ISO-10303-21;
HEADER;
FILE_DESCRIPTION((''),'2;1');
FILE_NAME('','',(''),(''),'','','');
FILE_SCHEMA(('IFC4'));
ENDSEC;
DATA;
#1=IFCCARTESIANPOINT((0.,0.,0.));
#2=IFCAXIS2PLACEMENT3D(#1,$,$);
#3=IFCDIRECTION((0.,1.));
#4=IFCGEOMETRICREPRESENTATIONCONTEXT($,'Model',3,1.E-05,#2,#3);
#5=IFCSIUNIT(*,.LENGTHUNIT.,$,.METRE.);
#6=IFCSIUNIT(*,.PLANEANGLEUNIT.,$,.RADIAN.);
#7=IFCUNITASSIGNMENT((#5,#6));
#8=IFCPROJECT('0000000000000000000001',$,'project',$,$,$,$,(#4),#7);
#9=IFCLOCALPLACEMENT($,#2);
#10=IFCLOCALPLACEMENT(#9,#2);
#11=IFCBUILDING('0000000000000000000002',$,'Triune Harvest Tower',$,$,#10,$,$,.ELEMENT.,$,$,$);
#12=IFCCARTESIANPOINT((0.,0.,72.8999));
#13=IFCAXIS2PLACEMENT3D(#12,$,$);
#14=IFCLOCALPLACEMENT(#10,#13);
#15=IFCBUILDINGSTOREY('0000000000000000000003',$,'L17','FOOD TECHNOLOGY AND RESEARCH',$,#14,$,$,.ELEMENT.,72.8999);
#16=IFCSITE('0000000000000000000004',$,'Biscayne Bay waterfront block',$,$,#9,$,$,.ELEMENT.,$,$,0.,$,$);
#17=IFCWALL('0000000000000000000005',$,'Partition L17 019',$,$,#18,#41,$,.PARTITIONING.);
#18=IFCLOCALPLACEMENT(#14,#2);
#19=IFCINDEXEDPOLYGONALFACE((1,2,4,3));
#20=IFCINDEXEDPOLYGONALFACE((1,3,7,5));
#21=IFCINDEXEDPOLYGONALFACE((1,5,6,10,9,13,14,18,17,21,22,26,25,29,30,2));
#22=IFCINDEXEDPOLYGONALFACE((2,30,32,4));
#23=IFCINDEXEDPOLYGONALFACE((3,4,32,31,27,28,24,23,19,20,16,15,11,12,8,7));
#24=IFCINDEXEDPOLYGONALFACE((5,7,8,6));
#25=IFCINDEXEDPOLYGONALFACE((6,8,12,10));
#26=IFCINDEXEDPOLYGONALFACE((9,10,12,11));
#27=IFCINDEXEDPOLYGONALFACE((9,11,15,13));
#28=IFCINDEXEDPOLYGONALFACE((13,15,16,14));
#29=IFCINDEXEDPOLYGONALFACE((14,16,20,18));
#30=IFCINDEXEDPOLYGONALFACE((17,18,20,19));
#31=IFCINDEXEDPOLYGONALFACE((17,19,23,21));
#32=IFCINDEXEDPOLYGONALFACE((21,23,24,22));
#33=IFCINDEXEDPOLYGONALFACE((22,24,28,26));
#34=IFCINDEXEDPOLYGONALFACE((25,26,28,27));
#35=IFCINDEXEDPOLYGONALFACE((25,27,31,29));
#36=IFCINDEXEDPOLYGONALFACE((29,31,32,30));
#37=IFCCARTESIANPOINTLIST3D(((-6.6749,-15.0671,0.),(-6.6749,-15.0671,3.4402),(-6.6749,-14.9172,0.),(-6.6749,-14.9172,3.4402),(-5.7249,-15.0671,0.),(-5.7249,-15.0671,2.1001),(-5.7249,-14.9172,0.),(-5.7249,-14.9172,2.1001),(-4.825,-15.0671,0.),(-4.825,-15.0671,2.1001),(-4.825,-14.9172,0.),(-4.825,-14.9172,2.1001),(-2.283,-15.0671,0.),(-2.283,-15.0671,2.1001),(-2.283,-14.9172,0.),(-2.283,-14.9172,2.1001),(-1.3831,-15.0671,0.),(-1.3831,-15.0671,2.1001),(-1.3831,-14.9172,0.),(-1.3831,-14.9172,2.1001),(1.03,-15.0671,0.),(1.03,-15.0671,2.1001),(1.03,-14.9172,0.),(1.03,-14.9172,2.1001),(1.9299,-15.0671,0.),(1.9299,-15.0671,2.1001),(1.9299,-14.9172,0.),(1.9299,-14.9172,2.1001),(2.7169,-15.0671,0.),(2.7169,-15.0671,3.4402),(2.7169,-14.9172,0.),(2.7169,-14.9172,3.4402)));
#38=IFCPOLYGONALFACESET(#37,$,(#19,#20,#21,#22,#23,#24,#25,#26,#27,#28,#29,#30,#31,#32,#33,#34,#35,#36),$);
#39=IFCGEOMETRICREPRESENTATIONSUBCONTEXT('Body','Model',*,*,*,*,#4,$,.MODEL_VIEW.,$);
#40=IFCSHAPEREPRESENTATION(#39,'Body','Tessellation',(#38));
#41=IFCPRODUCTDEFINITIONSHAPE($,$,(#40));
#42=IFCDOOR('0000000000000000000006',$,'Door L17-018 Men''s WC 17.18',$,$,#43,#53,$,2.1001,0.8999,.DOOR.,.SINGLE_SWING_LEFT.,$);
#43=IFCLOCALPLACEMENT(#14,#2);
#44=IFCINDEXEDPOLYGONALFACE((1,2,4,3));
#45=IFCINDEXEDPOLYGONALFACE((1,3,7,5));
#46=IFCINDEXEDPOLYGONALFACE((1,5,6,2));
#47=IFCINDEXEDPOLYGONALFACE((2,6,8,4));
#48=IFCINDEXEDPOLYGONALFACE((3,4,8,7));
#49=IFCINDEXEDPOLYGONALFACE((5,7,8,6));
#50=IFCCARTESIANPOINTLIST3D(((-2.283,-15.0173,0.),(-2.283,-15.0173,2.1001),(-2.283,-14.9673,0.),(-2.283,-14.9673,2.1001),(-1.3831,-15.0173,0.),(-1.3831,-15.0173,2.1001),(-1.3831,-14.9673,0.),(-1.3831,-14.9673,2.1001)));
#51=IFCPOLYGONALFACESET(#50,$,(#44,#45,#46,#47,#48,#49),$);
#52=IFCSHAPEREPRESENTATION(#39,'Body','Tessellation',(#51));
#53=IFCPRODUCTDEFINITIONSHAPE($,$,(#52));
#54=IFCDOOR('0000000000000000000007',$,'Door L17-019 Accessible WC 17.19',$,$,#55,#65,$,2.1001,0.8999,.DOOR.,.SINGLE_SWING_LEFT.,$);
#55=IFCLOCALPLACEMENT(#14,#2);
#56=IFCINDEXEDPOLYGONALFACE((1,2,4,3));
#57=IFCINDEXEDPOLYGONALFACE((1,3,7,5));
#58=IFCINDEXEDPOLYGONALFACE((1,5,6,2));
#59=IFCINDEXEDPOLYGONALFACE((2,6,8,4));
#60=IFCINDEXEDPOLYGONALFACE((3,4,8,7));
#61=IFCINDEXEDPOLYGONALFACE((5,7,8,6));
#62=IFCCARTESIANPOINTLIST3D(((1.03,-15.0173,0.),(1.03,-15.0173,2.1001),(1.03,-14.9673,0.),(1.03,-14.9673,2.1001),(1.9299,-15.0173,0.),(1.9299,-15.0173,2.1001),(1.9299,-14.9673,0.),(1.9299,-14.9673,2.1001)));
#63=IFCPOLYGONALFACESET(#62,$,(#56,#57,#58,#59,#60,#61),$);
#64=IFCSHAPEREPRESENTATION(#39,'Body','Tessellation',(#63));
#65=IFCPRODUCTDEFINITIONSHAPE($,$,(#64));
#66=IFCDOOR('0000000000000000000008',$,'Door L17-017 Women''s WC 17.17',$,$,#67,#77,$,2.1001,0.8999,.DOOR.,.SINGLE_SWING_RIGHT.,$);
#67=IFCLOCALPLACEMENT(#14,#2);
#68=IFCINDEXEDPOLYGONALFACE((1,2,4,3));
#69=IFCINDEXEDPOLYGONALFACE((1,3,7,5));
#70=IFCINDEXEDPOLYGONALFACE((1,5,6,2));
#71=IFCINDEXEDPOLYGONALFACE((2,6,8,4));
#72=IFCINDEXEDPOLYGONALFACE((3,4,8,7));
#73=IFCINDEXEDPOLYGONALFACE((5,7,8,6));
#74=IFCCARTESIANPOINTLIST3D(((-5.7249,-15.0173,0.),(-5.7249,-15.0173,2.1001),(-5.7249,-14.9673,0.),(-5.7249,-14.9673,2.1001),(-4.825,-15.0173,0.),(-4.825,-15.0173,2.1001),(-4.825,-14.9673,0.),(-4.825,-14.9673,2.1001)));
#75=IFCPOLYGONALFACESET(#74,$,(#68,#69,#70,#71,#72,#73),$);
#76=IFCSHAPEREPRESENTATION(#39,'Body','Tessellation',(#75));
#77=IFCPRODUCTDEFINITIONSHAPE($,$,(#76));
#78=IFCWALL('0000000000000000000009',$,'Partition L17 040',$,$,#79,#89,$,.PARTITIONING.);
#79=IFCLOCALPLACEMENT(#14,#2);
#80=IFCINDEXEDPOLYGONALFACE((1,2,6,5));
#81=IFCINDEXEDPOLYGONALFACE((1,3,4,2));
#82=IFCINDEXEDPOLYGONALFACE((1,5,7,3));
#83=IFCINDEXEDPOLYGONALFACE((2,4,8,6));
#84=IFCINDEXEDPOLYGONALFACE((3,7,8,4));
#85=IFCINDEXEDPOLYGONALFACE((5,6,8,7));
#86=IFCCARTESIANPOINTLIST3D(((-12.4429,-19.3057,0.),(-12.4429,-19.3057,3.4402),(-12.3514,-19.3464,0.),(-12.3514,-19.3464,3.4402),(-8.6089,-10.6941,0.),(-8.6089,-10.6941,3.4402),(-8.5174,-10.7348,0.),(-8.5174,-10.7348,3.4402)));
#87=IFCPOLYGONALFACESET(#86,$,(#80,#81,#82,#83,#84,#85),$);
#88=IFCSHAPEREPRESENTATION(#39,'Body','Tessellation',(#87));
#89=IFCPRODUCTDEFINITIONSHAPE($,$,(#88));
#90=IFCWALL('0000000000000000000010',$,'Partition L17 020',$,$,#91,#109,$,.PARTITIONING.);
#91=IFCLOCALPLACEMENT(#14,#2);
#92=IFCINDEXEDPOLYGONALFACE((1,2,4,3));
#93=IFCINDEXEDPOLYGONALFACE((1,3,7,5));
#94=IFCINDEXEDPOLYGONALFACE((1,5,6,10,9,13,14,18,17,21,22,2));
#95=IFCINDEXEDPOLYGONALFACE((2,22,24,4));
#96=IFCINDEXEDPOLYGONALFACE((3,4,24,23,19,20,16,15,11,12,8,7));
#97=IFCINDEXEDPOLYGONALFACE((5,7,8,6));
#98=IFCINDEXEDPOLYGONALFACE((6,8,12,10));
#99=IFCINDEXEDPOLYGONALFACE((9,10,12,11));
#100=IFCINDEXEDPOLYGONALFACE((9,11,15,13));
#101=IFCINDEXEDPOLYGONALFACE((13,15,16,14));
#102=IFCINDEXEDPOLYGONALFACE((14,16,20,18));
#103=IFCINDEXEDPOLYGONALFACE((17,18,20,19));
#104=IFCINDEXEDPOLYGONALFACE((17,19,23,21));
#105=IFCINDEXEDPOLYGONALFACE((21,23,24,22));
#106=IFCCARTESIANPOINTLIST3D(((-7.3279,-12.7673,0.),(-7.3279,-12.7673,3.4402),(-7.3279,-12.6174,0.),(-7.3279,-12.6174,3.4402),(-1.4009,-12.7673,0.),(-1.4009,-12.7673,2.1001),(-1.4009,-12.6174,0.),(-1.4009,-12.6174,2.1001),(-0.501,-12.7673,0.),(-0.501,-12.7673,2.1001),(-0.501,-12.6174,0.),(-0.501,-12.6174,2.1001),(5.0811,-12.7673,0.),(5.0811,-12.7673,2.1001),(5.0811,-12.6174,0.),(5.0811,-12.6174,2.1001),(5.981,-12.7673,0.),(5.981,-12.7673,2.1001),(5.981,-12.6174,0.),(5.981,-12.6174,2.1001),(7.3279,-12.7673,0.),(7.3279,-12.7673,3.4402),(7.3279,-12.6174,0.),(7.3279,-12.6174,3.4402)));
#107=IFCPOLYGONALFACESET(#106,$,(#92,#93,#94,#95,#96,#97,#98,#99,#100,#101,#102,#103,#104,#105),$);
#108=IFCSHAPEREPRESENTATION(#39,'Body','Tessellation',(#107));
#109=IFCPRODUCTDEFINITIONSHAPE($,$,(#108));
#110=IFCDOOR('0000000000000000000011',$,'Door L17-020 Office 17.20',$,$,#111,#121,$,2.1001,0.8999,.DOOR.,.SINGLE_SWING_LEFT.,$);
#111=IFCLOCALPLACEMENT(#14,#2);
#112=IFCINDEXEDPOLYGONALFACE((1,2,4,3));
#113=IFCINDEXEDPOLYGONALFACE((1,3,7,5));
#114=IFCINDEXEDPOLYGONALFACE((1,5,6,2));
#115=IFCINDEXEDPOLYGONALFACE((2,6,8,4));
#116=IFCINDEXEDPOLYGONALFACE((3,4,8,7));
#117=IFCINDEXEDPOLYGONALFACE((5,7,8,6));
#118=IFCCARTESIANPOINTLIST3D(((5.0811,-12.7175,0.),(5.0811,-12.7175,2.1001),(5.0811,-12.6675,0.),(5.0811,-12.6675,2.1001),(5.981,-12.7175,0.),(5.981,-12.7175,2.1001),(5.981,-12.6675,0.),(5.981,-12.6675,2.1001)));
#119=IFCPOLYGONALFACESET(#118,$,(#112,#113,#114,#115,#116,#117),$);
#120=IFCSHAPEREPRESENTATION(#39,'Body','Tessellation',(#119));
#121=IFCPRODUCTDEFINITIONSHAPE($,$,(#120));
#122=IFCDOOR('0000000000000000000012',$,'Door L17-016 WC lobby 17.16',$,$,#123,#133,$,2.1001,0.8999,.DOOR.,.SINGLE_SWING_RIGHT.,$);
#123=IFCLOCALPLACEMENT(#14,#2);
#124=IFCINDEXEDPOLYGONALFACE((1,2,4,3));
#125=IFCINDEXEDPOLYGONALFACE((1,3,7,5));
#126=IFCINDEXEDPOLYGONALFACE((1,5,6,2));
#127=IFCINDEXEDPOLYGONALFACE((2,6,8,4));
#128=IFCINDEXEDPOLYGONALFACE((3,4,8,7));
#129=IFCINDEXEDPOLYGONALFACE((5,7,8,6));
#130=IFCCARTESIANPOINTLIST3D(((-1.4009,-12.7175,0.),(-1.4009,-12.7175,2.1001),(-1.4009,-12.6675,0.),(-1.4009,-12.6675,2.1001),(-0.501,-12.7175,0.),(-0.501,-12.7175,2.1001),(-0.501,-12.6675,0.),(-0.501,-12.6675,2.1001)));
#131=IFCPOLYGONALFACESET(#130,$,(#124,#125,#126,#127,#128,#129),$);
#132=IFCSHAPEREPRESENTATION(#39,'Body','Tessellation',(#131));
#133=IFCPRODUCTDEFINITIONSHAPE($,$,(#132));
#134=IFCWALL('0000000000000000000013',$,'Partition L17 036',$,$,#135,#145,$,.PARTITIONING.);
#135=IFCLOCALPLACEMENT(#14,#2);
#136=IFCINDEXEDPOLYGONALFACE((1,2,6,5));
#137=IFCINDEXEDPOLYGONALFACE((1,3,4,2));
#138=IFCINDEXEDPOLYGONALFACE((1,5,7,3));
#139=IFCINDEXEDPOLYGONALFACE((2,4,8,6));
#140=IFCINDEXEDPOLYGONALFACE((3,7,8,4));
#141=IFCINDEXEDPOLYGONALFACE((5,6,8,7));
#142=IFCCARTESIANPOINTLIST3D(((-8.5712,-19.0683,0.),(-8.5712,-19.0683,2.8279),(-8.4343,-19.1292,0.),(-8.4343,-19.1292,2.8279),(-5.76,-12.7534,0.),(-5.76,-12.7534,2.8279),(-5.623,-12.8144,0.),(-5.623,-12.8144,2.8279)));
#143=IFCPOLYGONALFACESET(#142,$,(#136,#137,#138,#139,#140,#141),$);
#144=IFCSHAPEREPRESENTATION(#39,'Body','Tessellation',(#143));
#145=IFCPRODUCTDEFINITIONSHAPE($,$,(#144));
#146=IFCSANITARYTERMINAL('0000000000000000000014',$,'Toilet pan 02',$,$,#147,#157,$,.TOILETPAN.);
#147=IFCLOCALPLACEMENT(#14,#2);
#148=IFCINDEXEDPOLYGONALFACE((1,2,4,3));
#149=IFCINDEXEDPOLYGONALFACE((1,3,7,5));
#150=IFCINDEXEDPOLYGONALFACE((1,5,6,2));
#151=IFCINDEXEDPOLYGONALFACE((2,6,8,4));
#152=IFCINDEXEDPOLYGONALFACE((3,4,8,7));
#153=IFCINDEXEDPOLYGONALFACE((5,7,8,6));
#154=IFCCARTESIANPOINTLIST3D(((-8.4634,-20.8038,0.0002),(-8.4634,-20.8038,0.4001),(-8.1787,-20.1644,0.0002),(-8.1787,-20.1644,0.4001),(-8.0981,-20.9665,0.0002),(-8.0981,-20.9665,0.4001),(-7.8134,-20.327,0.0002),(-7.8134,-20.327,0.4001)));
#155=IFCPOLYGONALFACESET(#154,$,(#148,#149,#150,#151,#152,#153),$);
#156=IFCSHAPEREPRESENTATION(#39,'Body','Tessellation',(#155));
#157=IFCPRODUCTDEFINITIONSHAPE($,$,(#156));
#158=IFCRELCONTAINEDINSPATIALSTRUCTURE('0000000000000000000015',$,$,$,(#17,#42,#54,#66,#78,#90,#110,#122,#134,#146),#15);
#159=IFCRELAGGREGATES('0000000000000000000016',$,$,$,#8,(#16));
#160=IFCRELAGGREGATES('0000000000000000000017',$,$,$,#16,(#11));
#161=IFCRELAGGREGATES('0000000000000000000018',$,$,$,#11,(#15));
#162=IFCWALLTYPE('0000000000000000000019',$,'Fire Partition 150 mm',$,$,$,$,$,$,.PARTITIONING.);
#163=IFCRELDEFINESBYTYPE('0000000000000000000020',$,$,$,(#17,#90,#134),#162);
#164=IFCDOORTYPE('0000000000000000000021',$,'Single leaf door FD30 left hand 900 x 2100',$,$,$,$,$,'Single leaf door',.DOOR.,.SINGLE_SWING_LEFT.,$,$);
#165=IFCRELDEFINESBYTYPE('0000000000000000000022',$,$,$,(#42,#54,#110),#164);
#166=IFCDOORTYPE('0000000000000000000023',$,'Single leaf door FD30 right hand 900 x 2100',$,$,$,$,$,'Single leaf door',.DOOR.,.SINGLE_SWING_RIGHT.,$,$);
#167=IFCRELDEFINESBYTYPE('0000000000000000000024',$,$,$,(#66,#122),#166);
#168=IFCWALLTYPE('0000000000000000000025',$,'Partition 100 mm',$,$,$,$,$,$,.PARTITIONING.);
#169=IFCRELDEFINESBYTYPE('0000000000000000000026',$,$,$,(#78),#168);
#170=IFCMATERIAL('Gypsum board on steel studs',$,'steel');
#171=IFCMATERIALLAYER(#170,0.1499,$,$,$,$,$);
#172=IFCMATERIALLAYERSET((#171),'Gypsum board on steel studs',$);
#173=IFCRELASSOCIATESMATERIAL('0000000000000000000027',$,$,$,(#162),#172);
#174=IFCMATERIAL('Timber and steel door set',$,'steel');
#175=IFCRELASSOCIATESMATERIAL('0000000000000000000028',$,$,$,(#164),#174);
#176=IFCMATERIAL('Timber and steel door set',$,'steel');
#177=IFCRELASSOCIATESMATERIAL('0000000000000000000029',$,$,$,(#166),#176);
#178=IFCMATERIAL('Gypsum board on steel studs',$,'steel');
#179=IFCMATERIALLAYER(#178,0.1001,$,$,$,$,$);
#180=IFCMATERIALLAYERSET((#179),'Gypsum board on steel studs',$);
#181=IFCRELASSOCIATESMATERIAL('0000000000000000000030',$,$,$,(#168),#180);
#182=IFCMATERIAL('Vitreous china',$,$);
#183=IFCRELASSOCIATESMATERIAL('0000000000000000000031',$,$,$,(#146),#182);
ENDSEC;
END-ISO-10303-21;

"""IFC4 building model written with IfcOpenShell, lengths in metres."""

from ifc_helpers import new_model, si_unit, direction, frame, frame_2d, origin, origin_2d, place, context, subcontext, project, spatial, rectangle, extrude, source, transform, mapped, material, layer, layer_set, type_object, element, fill, save


model = new_model("IFC4")

# Units and contexts
model_context = context("Model", 3, precision=1e-05, world=origin(), true_north=direction((0.0, 1.0)))
body_context = subcontext(model_context, "Body", "Model", "MODEL_VIEW")
ifc_project = project(units=[si_unit("LENGTHUNIT", "METRE"), si_unit("PLANEANGLEUNIT", "RADIAN")], contexts=[model_context])

# Site, building, storey
site_placement = place(None, origin())
site = spatial("IfcSite", under=ifc_project, at=site_placement, Name="Biscayne Bay waterfront block", CompositionType="ELEMENT", RefElevation=0.0)
building_placement = place(site_placement, origin())
building = spatial("IfcBuilding", under=site, at=building_placement, Name="Triune Harvest Tower", CompositionType="ELEMENT")
storey_placement = place(building_placement, frame((0.0, 0.0, 72.8999)))
storey = spatial("IfcBuildingStorey", under=building, at=storey_placement, Name="L17", Description="FOOD TECHNOLOGY AND RESEARCH", CompositionType="ELEMENT", Elevation=72.8999)

# Wall, openings, doors
ifc_material_1 = material(Name="Gypsum board on steel studs", Category="steel")
ifc_layer_1 = layer(ifc_material_1, 0.1499)
ifc_layer_set_1 = layer_set([ifc_layer_1], Name="Gypsum board on steel studs")
wall_type_1 = type_object("IfcWallType", Name="Fire Partition 150 mm", PredefinedType="PARTITIONING", material=ifc_layer_set_1)
wall_1_placement = place(storey_placement, frame((-6.6748, -14.9922, 0.0), z_axis=(0.0, 0.0, 1.0), x_axis=(1.0, 0.0, 0.0)))
wall_1 = element("IfcWall", 1, at=wall_1_placement, inside=storey, type_object=wall_type_1, Name="Partition L17 019", PredefinedType="PARTITIONING", context=body_context, shape_type="SweptSolid", body=[
    extrude(rectangle(XDim=9.3918, YDim=0.1499, at=frame_2d((4.6958, 0.0))), origin(), (0.0, 0.0, 1.0), 3.4402),
])
opening_1_placement = place(wall_1_placement, frame((0.95, 0.0, 0.0)))
opening_1 = element("IfcOpeningElement", 2, at=opening_1_placement, cuts=wall_1, PredefinedType="OPENING", context=body_context, shape_type="SweptSolid", body=[
    extrude(rectangle(XDim=0.8999, YDim=2.1001, at=frame_2d((0.45, 1.05))), frame((0.0, 0.085, 0.0), z_axis=(0.0, -1.0, 0.0), x_axis=(1.0, 0.0, 0.0)), (0.0, 0.0, 1.0), 0.1699),
])
opening_2_placement = place(wall_1_placement, frame((4.3918, 0.0, 0.0)))
opening_2 = element("IfcOpeningElement", 3, at=opening_2_placement, cuts=wall_1, PredefinedType="OPENING", context=body_context, shape_type="SweptSolid", body=[
    extrude(rectangle(XDim=0.8999, YDim=2.1001, at=frame_2d((0.45, 1.05))), frame((0.0, 0.085, 0.0), z_axis=(0.0, -1.0, 0.0), x_axis=(1.0, 0.0, 0.0)), (0.0, 0.0, 1.0), 0.1699),
])
opening_3_placement = place(wall_1_placement, frame((7.7048, 0.0, 0.0)))
opening_3 = element("IfcOpeningElement", 4, at=opening_3_placement, cuts=wall_1, PredefinedType="OPENING", context=body_context, shape_type="SweptSolid", body=[
    extrude(rectangle(XDim=0.8999, YDim=2.1001, at=frame_2d((0.45, 1.05))), frame((0.0, 0.085, 0.0), z_axis=(0.0, -1.0, 0.0), x_axis=(1.0, 0.0, 0.0)), (0.0, 0.0, 1.0), 0.1699),
])
ifc_material_2 = material(Name="Timber and steel door set", Category="steel")
door_type_1 = type_object("IfcDoorType", Name="Single leaf door FD30 left hand 900 x 2100", ElementType="Single leaf door", OperationType="SINGLE_SWING_LEFT", PredefinedType="DOOR", material=ifc_material_2)
door_1_placement = place(opening_2_placement, origin())
door_1 = element("IfcDoor", 5, at=door_1_placement, inside=storey, type_object=door_type_1, Name="Door L17-018 Men's WC 17.18", OperationType="SINGLE_SWING_LEFT", OverallHeight=2.1001, OverallWidth=0.8999, PredefinedType="DOOR", context=body_context, shape_type="SweptSolid", body=[
    extrude(rectangle(XDim=0.8999, YDim=2.1001, at=frame_2d((0.45, 1.05))), frame((0.0, 0.0249, 0.0), z_axis=(0.0, -1.0, 0.0), x_axis=(1.0, 0.0, 0.0)), (0.0, 0.0, 1.0), 0.05),
])
fill(opening_2, door_1)
door_2_placement = place(opening_3_placement, origin())
door_2 = element("IfcDoor", 6, at=door_2_placement, inside=storey, type_object=door_type_1, Name="Door L17-019 Accessible WC 17.19", OperationType="SINGLE_SWING_LEFT", OverallHeight=2.1001, OverallWidth=0.8999, PredefinedType="DOOR", context=body_context, shape_type="SweptSolid", body=[
    extrude(rectangle(XDim=0.8999, YDim=2.1001, at=frame_2d((0.45, 1.05))), frame((0.0, 0.0249, 0.0), z_axis=(0.0, -1.0, 0.0), x_axis=(1.0, 0.0, 0.0)), (0.0, 0.0, 1.0), 0.05),
])
fill(opening_3, door_2)
ifc_material_3 = material(Name="Timber and steel door set", Category="steel")
door_type_2 = type_object("IfcDoorType", Name="Single leaf door FD30 right hand 900 x 2100", ElementType="Single leaf door", OperationType="SINGLE_SWING_RIGHT", PredefinedType="DOOR", material=ifc_material_3)
door_3_placement = place(opening_1_placement, origin())
door_3 = element("IfcDoor", 7, at=door_3_placement, inside=storey, type_object=door_type_2, Name="Door L17-017 Women's WC 17.17", OperationType="SINGLE_SWING_RIGHT", OverallHeight=2.1001, OverallWidth=0.8999, PredefinedType="DOOR", context=body_context, shape_type="SweptSolid", body=[
    extrude(rectangle(XDim=0.8999, YDim=2.1001, at=frame_2d((0.45, 1.05))), frame((0.0, 0.0249, 0.0), z_axis=(0.0, -1.0, 0.0), x_axis=(1.0, 0.0, 0.0)), (0.0, 0.0, 1.0), 0.05),
])
fill(opening_1, door_3)

# Wall
ifc_material_4 = material(Name="Gypsum board on steel studs", Category="steel")
ifc_layer_2 = layer(ifc_material_4, 0.1001)
ifc_layer_set_2 = layer_set([ifc_layer_2], Name="Gypsum board on steel studs")
wall_type_2 = type_object("IfcWallType", Name="Partition 100 mm", PredefinedType="PARTITIONING", material=ifc_layer_set_2)
wall_2_placement = place(storey_placement, frame((-12.3972, -19.3262, 0.0), z_axis=(0.0, 0.0, 1.0), x_axis=(0.406725, 0.913551, 0.0)))
element("IfcWall", 8, at=wall_2_placement, inside=storey, type_object=wall_type_2, Name="Partition L17 040", PredefinedType="PARTITIONING", context=body_context, shape_type="SweptSolid", body=[
    extrude(rectangle(XDim=9.4265, YDim=0.1001, at=frame_2d((4.7134, 0.0))), origin(), (0.0, 0.0, 1.0), 3.4402),
])

# Wall, openings, doors
shared_shape_1 = source(origin(), body_context, "Body", "SweptSolid", [
    extrude(rectangle(XDim=14.6558, YDim=0.1499, at=frame_2d((7.3279, 0.0))), origin(), (0.0, 0.0, 1.0), 3.4402),
])
wall_3_placement = place(storey_placement, frame((-7.3279, -12.6924, 0.0), z_axis=(0.0, 0.0, 1.0), x_axis=(1.0, 0.0, 0.0)))
wall_3 = element("IfcWall", 9, at=wall_3_placement, inside=storey, type_object=wall_type_1, Name="Partition L17 020", PredefinedType="PARTITIONING", context=body_context, shape_type="MappedRepresentation", body=[
    mapped(shared_shape_1, transform((0.0, 0.0, 0.0), scale=1.0)),
])
opening_4_placement = place(wall_3_placement, frame((5.927, 0.0, 0.0)))
opening_4 = element("IfcOpeningElement", 10, at=opening_4_placement, cuts=wall_3, PredefinedType="OPENING", context=body_context, shape_type="SweptSolid", body=[
    extrude(rectangle(XDim=0.8999, YDim=2.1001, at=frame_2d((0.45, 1.05))), frame((0.0, 0.085, 0.0), z_axis=(0.0, -1.0, 0.0), x_axis=(1.0, 0.0, 0.0)), (0.0, 0.0, 1.0), 0.1699),
])
opening_5_placement = place(wall_3_placement, frame((12.4089, 0.0, 0.0)))
opening_5 = element("IfcOpeningElement", 11, at=opening_5_placement, cuts=wall_3, PredefinedType="OPENING", context=body_context, shape_type="SweptSolid", body=[
    extrude(rectangle(XDim=0.8999, YDim=2.1001, at=frame_2d((0.45, 1.05))), frame((0.0, 0.085, 0.0), z_axis=(0.0, -1.0, 0.0), x_axis=(1.0, 0.0, 0.0)), (0.0, 0.0, 1.0), 0.1699),
])
door_4_placement = place(opening_5_placement, origin())
door_4 = element("IfcDoor", 12, at=door_4_placement, inside=storey, type_object=door_type_1, Name="Door L17-020 Office 17.20", OperationType="SINGLE_SWING_LEFT", OverallHeight=2.1001, OverallWidth=0.8999, PredefinedType="DOOR", context=body_context, shape_type="SweptSolid", body=[
    extrude(rectangle(XDim=0.8999, YDim=2.1001, at=frame_2d((0.45, 1.05))), frame((0.0, 0.0249, 0.0), z_axis=(0.0, -1.0, 0.0), x_axis=(1.0, 0.0, 0.0)), (0.0, 0.0, 1.0), 0.05),
])
fill(opening_5, door_4)
door_5_placement = place(opening_4_placement, origin())
door_5 = element("IfcDoor", 13, at=door_5_placement, inside=storey, type_object=door_type_2, Name="Door L17-016 WC lobby 17.16", OperationType="SINGLE_SWING_RIGHT", OverallHeight=2.1001, OverallWidth=0.8999, PredefinedType="DOOR", context=body_context, shape_type="SweptSolid", body=[
    extrude(rectangle(XDim=0.8999, YDim=2.1001, at=frame_2d((0.45, 1.05))), frame((0.0, 0.0249, 0.0), z_axis=(0.0, -1.0, 0.0), x_axis=(1.0, 0.0, 0.0)), (0.0, 0.0, 1.0), 0.05),
])
fill(opening_4, door_5)

# Wall
shared_shape_2 = source(origin(), body_context, "Body", "SweptSolid", [
    extrude(rectangle(XDim=6.9124, YDim=0.1499, at=frame_2d((3.4561, 0.0))), origin(), (0.0, 0.0, 1.0), 2.8279),
])
wall_4_placement = place(storey_placement, frame((-8.5027, -19.0986, 0.0), z_axis=(0.0, 0.0, 1.0), x_axis=(0.406699, 0.913562, 0.0)))
element("IfcWall", 14, at=wall_4_placement, inside=storey, type_object=wall_type_1, Name="Partition L17 036", PredefinedType="PARTITIONING", context=body_context, shape_type="MappedRepresentation", body=[
    mapped(shared_shape_2, transform((0.0, 0.0, 0.0), scale=1.0)),
])

# Sanitary terminal
ifc_material_5 = material(Name="Vitreous china")
shared_shape_3 = source(origin(), body_context, "Body", "SweptSolid", [
    extrude(rectangle(XDim=0.3999, YDim=0.7, at=origin_2d()), origin(), (0.0, 0.0, 1.0), 0.3999),
])
sanitary_terminal_placement = place(storey_placement, frame((-8.1384, -20.5654, 0.0002), z_axis=(0.0, 0.0, 1.0), x_axis=(-0.913538, 0.406753, 0.0)))
element("IfcSanitaryTerminal", 15, at=sanitary_terminal_placement, inside=storey, material=ifc_material_5, Name="Toilet pan 02", PredefinedType="TOILETPAN", context=body_context, shape_type="MappedRepresentation", body=[
    mapped(shared_shape_3, transform((0.0, 0.0, 0.0), scale=1.0)),
])

save(model, "model.ifc")
